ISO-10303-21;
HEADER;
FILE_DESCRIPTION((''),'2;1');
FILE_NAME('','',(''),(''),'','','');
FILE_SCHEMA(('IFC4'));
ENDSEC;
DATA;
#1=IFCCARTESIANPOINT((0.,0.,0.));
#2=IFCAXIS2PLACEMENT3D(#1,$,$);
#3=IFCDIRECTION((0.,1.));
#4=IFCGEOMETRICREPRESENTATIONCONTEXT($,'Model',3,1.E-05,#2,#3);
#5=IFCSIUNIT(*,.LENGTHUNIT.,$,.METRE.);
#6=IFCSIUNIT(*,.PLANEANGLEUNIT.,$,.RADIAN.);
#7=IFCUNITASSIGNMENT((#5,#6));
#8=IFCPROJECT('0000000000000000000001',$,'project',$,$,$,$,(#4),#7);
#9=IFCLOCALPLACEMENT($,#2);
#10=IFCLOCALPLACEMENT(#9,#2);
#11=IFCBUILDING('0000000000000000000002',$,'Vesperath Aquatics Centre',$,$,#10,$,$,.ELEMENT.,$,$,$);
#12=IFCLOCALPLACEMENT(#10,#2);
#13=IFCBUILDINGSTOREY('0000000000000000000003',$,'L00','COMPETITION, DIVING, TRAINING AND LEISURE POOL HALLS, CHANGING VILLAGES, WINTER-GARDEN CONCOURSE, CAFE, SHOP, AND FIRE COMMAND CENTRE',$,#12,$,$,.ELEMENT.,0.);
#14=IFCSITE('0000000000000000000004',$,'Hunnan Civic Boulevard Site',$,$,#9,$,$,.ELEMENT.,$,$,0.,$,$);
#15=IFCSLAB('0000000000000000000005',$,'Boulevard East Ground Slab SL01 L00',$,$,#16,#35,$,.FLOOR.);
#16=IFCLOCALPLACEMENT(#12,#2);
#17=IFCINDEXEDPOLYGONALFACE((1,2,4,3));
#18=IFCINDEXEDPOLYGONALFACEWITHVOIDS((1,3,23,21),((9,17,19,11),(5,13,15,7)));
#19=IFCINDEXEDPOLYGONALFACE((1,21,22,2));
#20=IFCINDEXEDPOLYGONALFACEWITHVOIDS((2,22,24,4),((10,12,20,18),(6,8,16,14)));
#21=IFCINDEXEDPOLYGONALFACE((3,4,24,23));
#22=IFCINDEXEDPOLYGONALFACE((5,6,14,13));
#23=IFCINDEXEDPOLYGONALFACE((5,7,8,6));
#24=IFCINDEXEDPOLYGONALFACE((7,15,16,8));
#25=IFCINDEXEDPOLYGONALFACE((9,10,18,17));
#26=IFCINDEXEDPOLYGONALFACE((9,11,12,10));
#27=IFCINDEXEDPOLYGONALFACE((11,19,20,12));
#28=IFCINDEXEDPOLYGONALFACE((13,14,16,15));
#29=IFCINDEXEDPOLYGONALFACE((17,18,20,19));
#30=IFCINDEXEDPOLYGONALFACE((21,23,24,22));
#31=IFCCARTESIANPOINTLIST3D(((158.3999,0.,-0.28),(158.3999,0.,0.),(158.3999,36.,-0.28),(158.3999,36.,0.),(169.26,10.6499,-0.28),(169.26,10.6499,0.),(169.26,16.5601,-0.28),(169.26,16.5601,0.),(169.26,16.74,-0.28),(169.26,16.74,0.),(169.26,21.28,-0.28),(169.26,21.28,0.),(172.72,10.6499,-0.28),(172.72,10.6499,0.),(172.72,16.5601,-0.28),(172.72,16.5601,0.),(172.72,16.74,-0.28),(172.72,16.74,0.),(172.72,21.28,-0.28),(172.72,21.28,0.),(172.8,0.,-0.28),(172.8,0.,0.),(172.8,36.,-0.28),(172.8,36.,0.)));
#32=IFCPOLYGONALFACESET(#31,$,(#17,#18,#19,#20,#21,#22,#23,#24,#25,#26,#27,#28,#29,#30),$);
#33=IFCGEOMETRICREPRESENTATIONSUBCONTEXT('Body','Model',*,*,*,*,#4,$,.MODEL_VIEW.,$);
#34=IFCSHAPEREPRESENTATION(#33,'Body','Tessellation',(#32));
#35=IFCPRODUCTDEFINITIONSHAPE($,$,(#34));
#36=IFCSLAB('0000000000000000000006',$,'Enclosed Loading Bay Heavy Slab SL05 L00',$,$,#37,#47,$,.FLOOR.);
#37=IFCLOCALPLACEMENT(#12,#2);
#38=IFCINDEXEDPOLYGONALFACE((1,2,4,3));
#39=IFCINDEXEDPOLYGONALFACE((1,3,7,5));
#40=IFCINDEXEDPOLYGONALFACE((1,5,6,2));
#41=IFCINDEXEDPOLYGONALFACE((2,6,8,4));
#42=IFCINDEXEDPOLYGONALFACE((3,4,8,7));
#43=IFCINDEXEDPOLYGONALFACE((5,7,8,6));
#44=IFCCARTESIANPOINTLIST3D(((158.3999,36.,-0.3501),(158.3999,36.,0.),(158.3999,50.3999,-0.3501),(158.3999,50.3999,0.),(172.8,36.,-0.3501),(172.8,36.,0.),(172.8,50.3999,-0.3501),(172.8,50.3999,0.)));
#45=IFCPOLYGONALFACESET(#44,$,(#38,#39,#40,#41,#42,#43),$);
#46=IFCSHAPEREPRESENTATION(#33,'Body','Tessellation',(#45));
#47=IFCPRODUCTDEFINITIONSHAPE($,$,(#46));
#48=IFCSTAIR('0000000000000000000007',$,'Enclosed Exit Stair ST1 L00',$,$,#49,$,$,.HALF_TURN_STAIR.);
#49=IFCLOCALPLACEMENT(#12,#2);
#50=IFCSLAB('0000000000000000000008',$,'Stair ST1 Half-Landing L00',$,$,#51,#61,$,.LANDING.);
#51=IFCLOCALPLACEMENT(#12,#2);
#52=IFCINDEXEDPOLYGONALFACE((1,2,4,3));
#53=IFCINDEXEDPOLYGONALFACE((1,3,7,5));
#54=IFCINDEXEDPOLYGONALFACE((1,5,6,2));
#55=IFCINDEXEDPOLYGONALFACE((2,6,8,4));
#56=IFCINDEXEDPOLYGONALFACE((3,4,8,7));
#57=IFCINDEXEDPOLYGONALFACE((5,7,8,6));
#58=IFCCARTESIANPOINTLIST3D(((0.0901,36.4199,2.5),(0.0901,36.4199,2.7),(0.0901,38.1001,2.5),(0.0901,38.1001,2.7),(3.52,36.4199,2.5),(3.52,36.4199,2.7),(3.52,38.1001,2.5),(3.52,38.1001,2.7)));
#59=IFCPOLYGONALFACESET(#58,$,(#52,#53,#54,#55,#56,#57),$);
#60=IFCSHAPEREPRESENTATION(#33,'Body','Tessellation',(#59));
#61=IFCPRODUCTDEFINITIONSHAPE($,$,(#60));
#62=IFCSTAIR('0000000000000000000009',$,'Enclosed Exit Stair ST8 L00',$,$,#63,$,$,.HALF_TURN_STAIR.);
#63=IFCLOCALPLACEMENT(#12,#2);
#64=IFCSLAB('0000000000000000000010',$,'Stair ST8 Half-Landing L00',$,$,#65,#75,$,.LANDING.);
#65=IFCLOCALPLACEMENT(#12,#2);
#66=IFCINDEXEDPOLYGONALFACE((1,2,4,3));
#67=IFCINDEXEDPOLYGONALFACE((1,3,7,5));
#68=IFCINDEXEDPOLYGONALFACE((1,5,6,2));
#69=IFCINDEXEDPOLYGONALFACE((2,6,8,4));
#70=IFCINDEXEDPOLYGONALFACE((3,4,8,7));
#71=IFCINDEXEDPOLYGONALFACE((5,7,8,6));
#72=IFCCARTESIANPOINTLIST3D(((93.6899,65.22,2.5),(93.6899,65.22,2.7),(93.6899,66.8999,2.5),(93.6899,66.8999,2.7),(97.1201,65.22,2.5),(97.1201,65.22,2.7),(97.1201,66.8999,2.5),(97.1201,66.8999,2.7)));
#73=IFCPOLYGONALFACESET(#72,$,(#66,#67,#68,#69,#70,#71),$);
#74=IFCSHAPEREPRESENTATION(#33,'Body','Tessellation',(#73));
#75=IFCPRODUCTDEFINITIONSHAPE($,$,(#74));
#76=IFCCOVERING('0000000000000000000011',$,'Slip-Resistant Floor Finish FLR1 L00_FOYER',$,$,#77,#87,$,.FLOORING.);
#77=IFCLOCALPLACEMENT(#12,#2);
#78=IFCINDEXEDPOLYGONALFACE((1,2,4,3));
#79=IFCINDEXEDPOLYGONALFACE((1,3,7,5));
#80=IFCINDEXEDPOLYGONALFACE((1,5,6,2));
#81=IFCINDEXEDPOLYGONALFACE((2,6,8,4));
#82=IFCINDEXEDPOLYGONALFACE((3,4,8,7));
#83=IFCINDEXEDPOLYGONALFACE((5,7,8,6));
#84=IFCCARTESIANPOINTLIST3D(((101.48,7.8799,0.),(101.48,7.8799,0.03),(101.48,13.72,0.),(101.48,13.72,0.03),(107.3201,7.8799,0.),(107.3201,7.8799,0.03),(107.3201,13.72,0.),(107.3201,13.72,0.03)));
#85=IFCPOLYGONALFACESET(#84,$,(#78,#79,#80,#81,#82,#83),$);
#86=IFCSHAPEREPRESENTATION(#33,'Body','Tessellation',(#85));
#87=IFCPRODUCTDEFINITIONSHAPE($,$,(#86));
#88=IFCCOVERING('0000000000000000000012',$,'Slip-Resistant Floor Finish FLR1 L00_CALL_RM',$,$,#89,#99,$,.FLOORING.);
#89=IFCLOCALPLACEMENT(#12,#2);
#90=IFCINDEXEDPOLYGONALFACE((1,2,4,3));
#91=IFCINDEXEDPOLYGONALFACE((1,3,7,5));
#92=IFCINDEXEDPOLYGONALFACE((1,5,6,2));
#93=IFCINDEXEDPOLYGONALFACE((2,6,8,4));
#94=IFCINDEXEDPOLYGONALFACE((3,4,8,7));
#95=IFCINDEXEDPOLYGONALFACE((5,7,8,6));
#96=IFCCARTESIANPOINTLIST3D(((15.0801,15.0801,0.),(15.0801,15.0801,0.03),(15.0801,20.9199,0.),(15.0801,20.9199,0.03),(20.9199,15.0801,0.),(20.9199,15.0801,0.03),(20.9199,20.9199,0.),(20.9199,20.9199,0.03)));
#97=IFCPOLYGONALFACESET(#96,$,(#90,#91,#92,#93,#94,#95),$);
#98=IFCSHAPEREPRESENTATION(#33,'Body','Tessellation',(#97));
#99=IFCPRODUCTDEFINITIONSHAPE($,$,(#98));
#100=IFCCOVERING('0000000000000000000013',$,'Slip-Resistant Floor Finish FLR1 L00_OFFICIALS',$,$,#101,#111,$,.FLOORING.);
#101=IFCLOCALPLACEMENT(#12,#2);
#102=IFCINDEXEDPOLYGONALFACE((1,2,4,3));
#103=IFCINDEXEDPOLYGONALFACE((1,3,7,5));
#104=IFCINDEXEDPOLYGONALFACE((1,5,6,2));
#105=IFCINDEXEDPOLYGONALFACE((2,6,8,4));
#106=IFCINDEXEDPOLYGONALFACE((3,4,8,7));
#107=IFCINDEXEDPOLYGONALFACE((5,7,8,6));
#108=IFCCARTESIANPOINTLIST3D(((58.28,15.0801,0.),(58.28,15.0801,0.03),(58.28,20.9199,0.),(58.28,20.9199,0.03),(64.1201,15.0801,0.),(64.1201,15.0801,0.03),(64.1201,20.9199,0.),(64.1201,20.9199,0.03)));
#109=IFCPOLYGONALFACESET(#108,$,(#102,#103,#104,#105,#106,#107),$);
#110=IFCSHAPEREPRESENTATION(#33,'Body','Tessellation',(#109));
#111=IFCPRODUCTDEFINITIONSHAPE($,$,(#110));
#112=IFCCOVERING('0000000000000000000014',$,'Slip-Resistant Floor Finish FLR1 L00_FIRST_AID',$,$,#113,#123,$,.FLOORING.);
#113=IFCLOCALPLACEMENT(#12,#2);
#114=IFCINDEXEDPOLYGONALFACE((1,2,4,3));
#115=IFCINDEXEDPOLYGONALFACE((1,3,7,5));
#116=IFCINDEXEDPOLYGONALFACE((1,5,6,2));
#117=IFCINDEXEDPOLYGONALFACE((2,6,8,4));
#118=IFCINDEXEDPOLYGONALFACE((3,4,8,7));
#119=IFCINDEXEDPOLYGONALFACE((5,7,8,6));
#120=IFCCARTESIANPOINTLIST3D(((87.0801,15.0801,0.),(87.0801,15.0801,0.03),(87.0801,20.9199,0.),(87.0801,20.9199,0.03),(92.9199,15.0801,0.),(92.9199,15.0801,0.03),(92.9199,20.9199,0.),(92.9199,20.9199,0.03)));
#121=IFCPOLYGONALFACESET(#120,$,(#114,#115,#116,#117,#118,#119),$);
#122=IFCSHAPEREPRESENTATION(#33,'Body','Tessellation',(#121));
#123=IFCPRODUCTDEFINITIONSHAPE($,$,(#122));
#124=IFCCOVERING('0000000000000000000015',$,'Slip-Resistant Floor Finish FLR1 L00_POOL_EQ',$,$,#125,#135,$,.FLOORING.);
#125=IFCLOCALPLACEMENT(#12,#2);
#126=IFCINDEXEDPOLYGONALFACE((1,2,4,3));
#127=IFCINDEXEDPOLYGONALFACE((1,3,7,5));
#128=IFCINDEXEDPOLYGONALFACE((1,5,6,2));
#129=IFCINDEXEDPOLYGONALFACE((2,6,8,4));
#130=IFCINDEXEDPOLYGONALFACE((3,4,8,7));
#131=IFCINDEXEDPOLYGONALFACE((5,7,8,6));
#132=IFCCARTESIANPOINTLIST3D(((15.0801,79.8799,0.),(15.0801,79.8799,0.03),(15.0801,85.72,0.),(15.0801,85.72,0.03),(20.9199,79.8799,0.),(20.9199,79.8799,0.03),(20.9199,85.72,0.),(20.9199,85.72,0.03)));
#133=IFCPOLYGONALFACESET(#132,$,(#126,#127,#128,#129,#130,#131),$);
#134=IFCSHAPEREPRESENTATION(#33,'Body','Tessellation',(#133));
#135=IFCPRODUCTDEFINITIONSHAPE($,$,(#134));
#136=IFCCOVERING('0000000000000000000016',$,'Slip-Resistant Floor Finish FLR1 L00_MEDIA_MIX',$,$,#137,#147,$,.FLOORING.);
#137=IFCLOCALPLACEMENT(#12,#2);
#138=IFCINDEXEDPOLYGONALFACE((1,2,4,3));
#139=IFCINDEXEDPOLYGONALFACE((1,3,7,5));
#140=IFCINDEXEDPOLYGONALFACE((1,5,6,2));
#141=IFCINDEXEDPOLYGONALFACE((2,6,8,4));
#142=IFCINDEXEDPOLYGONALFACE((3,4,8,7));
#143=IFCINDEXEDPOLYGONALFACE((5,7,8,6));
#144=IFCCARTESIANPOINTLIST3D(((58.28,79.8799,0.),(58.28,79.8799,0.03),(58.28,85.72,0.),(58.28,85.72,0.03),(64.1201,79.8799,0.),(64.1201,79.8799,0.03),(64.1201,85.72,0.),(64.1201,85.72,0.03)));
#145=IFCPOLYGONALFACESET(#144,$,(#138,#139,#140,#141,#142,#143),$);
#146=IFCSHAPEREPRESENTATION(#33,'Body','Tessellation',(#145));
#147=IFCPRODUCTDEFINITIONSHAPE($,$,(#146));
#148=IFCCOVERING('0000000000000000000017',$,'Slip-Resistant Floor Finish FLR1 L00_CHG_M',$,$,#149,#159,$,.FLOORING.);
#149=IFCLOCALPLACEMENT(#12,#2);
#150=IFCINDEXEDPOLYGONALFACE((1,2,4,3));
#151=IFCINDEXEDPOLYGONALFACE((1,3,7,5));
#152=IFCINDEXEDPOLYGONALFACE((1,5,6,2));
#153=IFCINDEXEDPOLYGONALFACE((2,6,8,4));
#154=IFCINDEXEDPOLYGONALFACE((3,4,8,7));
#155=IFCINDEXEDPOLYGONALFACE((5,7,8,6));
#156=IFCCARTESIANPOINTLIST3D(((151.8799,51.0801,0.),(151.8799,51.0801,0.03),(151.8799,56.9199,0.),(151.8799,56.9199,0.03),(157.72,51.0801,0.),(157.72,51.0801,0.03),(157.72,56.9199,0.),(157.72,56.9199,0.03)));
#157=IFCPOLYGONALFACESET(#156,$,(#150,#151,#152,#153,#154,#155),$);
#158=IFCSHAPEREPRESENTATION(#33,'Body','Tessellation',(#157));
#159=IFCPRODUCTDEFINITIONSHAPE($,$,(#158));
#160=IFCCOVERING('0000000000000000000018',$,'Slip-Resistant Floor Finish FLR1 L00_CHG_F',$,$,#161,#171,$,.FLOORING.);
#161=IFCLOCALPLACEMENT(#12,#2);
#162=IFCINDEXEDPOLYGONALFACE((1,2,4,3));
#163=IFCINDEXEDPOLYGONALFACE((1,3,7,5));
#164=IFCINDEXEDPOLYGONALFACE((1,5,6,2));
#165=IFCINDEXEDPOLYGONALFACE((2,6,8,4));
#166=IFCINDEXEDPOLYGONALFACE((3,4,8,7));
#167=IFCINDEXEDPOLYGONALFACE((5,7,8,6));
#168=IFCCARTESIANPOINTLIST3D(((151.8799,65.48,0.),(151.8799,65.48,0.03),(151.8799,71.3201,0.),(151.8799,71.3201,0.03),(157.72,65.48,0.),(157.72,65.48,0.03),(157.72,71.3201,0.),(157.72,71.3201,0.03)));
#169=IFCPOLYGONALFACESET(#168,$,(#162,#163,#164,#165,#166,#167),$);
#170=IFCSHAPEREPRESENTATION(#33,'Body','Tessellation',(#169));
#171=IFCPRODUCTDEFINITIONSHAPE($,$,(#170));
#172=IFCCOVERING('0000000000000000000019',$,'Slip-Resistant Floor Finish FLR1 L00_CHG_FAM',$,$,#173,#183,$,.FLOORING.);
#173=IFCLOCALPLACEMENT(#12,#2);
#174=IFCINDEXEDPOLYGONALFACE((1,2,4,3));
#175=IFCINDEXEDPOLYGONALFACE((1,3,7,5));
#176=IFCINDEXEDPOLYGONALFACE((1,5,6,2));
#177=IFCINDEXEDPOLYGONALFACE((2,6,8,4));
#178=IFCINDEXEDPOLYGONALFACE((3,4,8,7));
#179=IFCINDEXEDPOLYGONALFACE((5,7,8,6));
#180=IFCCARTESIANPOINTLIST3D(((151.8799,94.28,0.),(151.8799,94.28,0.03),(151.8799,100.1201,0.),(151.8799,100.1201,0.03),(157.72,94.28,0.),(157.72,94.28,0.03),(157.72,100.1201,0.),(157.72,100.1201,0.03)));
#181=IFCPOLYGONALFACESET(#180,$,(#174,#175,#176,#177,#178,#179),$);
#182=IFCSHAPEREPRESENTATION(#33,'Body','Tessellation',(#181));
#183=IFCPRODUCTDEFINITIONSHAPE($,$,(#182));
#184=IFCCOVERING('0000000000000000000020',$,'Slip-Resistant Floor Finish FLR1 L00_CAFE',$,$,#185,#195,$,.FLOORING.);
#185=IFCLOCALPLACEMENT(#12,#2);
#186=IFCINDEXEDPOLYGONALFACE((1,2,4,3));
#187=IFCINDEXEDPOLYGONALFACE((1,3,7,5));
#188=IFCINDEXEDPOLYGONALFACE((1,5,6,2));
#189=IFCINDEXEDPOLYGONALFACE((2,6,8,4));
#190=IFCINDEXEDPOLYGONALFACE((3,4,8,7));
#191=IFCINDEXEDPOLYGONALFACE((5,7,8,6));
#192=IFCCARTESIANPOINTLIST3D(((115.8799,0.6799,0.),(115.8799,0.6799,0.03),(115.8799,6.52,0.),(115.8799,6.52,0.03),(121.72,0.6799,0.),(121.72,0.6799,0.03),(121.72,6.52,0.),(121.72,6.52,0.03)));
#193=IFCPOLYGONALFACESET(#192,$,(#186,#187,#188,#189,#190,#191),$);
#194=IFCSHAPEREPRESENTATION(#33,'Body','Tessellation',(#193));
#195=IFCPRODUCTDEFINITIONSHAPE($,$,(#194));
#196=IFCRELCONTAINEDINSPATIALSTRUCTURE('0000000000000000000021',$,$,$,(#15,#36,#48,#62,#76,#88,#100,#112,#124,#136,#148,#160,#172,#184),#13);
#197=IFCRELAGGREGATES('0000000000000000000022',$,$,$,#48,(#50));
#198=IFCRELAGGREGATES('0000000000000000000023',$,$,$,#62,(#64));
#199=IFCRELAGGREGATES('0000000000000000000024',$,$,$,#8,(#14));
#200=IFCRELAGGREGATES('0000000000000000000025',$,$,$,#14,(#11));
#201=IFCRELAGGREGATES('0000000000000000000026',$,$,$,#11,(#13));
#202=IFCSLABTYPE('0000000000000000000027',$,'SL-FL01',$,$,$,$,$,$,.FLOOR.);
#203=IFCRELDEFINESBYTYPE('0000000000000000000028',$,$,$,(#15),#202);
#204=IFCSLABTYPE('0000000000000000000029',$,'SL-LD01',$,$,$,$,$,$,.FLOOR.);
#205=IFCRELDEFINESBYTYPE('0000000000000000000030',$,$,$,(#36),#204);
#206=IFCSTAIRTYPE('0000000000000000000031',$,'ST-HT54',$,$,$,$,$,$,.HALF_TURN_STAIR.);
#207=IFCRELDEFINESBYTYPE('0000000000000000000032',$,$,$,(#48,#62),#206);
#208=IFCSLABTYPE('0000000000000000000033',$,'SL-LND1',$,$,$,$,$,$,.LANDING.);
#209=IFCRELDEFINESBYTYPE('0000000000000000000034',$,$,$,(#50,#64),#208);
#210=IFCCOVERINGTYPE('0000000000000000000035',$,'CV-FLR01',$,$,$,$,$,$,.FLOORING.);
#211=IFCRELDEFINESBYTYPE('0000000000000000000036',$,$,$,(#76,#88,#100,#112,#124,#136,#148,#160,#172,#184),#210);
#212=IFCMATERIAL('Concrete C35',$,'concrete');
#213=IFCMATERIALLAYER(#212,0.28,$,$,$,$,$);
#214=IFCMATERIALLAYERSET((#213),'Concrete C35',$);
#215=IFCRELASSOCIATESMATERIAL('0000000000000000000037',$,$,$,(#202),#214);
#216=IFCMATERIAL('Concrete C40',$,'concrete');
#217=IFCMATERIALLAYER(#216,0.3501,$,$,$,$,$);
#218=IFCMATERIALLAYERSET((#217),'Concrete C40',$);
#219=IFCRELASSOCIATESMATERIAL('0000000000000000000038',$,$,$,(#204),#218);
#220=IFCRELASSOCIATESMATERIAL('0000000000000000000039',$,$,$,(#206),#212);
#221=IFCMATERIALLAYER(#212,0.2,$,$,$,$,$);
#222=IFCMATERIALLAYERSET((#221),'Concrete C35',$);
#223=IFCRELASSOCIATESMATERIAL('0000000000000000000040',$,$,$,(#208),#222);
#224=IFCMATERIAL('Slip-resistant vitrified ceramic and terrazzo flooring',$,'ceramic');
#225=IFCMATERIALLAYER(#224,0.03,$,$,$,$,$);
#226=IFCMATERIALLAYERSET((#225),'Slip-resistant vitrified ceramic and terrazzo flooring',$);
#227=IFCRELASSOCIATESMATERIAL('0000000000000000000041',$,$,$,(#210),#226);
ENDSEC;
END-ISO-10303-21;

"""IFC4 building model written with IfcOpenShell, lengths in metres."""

from ifc_helpers import new_model, si_unit, direction, frame, origin, place, context, subcontext, project, spatial, polyline, outline, extrude, material, layer, layer_set, type_object, element, aggregate, save


model = new_model("IFC4")

# Units and contexts
model_context = context("Model", 3, precision=1e-05, world=origin(), true_north=direction((0.0, 1.0)))
body_context = subcontext(model_context, "Body", "Model", "MODEL_VIEW")
ifc_project = project(units=[si_unit("LENGTHUNIT", "METRE"), si_unit("PLANEANGLEUNIT", "RADIAN")], contexts=[model_context])

# Site, building, storey
site_placement = place(None, origin())
site = spatial("IfcSite", under=ifc_project, at=site_placement, Name="Hunnan Civic Boulevard Site", CompositionType="ELEMENT", RefElevation=0.0)
building_placement = place(site_placement, origin())
building = spatial("IfcBuilding", under=site, at=building_placement, Name="Vesperath Aquatics Centre", CompositionType="ELEMENT")
storey_placement = place(building_placement, origin())
storey = spatial("IfcBuildingStorey", under=building, at=storey_placement, Name="L00", Description="COMPETITION, DIVING, TRAINING AND LEISURE POOL HALLS, CHANGING VILLAGES, WINTER-GARDEN CONCOURSE, CAFE, SHOP, AND FIRE COMMAND CENTRE", CompositionType="ELEMENT", Elevation=0.0)

# Slabs
ifc_material_1 = material(Name="Concrete C40", Category="concrete")
ifc_material_2 = material(Name="Concrete C35", Category="concrete")
ifc_layer_1 = layer(ifc_material_2, 0.28)
ifc_layer_set_1 = layer_set([ifc_layer_1], Name="Concrete C35")
slab_type_1 = type_object("IfcSlabType", Name="SL-FL01", PredefinedType="FLOOR", material=ifc_layer_set_1)
slab_1_placement = place(storey_placement, frame((0.0, 0.0, -0.28)))
element("IfcSlab", 1, at=slab_1_placement, inside=storey, type_object=slab_type_1, Name="Boulevard East Ground Slab SL01 L00", PredefinedType="FLOOR", context=body_context, shape_type="SweptSolid", body=[
    extrude(outline(polyline([(158.3999, 0.0), (172.8, 0.0), (172.8, 36.0), (158.3999, 36.0), (158.3999, 0.0)]), holes=[polyline([(169.26, 10.6499), (172.72, 10.6499), (172.72, 16.5601), (169.26, 16.5601), (169.26, 10.6499)]), polyline([(169.26, 16.74), (172.72, 16.74), (172.72, 21.28), (169.26, 21.28), (169.26, 16.74)])]), origin(), (0.0, 0.0, 1.0), 0.28),
])
ifc_layer_2 = layer(ifc_material_1, 0.3501)
ifc_layer_set_2 = layer_set([ifc_layer_2], Name="Concrete C40")
slab_type_2 = type_object("IfcSlabType", Name="SL-LD01", PredefinedType="FLOOR", material=ifc_layer_set_2)
slab_2_placement = place(storey_placement, frame((0.0, 0.0, -0.3501)))
element("IfcSlab", 2, at=slab_2_placement, inside=storey, type_object=slab_type_2, Name="Enclosed Loading Bay Heavy Slab SL05 L00", PredefinedType="FLOOR", context=body_context, shape_type="SweptSolid", body=[
    extrude(outline(polyline([(158.3999, 36.0), (172.8, 36.0), (172.8, 50.3999), (158.3999, 50.3999), (158.3999, 36.0)])), origin(), (0.0, 0.0, 1.0), 0.3501),
])

# Stairs, slabs
stair_type = type_object("IfcStairType", Name="ST-HT54", PredefinedType="HALF_TURN_STAIR", material=ifc_material_2)
stair_1_placement = place(storey_placement, origin())
stair_1 = element("IfcStair", 3, at=stair_1_placement, inside=storey, type_object=stair_type, Name="Enclosed Exit Stair ST1 L00", PredefinedType="HALF_TURN_STAIR")
ifc_layer_3 = layer(ifc_material_2, 0.2)
ifc_layer_set_3 = layer_set([ifc_layer_3], Name="Concrete C35")
slab_type_3 = type_object("IfcSlabType", Name="SL-LND1", PredefinedType="LANDING", material=ifc_layer_set_3)
slab_3_placement = place(storey_placement, frame((0.0, 0.0, 2.5)))
slab_3 = element("IfcSlab", 4, at=slab_3_placement, type_object=slab_type_3, Name="Stair ST1 Half-Landing L00", PredefinedType="LANDING", context=body_context, shape_type="SweptSolid", body=[
    extrude(outline(polyline([(0.0901, 36.4199), (3.52, 36.4199), (3.52, 38.1001), (0.0901, 38.1001), (0.0901, 36.4199)])), origin(), (0.0, 0.0, 1.0), 0.2),
])
aggregate(stair_1, [slab_3])
stair_2_placement = place(storey_placement, origin())
stair_2 = element("IfcStair", 5, at=stair_2_placement, inside=storey, type_object=stair_type, Name="Enclosed Exit Stair ST8 L00", PredefinedType="HALF_TURN_STAIR")
slab_4_placement = place(storey_placement, frame((0.0, 0.0, 2.5)))
slab_4 = element("IfcSlab", 6, at=slab_4_placement, type_object=slab_type_3, Name="Stair ST8 Half-Landing L00", PredefinedType="LANDING", context=body_context, shape_type="SweptSolid", body=[
    extrude(outline(polyline([(93.6899, 65.22), (97.1201, 65.22), (97.1201, 66.8999), (93.6899, 66.8999), (93.6899, 65.22)])), origin(), (0.0, 0.0, 1.0), 0.2),
])
aggregate(stair_2, [slab_4])

# Coverings
ifc_material_3 = material(Name="Slip-resistant vitrified ceramic and terrazzo flooring", Category="ceramic")
ifc_layer_4 = layer(ifc_material_3, 0.03)
ifc_layer_set_4 = layer_set([ifc_layer_4], Name="Slip-resistant vitrified ceramic and terrazzo flooring")
covering_type = type_object("IfcCoveringType", Name="CV-FLR01", PredefinedType="FLOORING", material=ifc_layer_set_4)
covering_1_placement = place(storey_placement, origin())
element("IfcCovering", 7, at=covering_1_placement, inside=storey, type_object=covering_type, Name="Slip-Resistant Floor Finish FLR1 L00_FOYER", PredefinedType="FLOORING", context=body_context, shape_type="SweptSolid", body=[
    extrude(outline(polyline([(101.48, 7.8799), (107.3201, 7.8799), (107.3201, 13.72), (101.48, 13.72), (101.48, 7.8799)])), origin(), (0.0, 0.0, 1.0), 0.03),
])
covering_2_placement = place(storey_placement, origin())
element("IfcCovering", 8, at=covering_2_placement, inside=storey, type_object=covering_type, Name="Slip-Resistant Floor Finish FLR1 L00_CALL_RM", PredefinedType="FLOORING", context=body_context, shape_type="SweptSolid", body=[
    extrude(outline(polyline([(15.0801, 15.0801), (20.9199, 15.0801), (20.9199, 20.9199), (15.0801, 20.9199), (15.0801, 15.0801)])), origin(), (0.0, 0.0, 1.0), 0.03),
])
covering_3_placement = place(storey_placement, origin())
element("IfcCovering", 9, at=covering_3_placement, inside=storey, type_object=covering_type, Name="Slip-Resistant Floor Finish FLR1 L00_OFFICIALS", PredefinedType="FLOORING", context=body_context, shape_type="SweptSolid", body=[
    extrude(outline(polyline([(58.28, 15.0801), (64.1201, 15.0801), (64.1201, 20.9199), (58.28, 20.9199), (58.28, 15.0801)])), origin(), (0.0, 0.0, 1.0), 0.03),
])
covering_4_placement = place(storey_placement, origin())
element("IfcCovering", 10, at=covering_4_placement, inside=storey, type_object=covering_type, Name="Slip-Resistant Floor Finish FLR1 L00_FIRST_AID", PredefinedType="FLOORING", context=body_context, shape_type="SweptSolid", body=[
    extrude(outline(polyline([(87.0801, 15.0801), (92.9199, 15.0801), (92.9199, 20.9199), (87.0801, 20.9199), (87.0801, 15.0801)])), origin(), (0.0, 0.0, 1.0), 0.03),
])
covering_5_placement = place(storey_placement, origin())
element("IfcCovering", 11, at=covering_5_placement, inside=storey, type_object=covering_type, Name="Slip-Resistant Floor Finish FLR1 L00_POOL_EQ", PredefinedType="FLOORING", context=body_context, shape_type="SweptSolid", body=[
    extrude(outline(polyline([(15.0801, 79.8799), (20.9199, 79.8799), (20.9199, 85.72), (15.0801, 85.72), (15.0801, 79.8799)])), origin(), (0.0, 0.0, 1.0), 0.03),
])
covering_6_placement = place(storey_placement, origin())
element("IfcCovering", 12, at=covering_6_placement, inside=storey, type_object=covering_type, Name="Slip-Resistant Floor Finish FLR1 L00_MEDIA_MIX", PredefinedType="FLOORING", context=body_context, shape_type="SweptSolid", body=[
    extrude(outline(polyline([(58.28, 79.8799), (64.1201, 79.8799), (64.1201, 85.72), (58.28, 85.72), (58.28, 79.8799)])), origin(), (0.0, 0.0, 1.0), 0.03),
])
covering_7_placement = place(storey_placement, origin())
element("IfcCovering", 13, at=covering_7_placement, inside=storey, type_object=covering_type, Name="Slip-Resistant Floor Finish FLR1 L00_CHG_M", PredefinedType="FLOORING", context=body_context, shape_type="SweptSolid", body=[
    extrude(outline(polyline([(151.8799, 51.0801), (157.72, 51.0801), (157.72, 56.9199), (151.8799, 56.9199), (151.8799, 51.0801)])), origin(), (0.0, 0.0, 1.0), 0.03),
])
covering_8_placement = place(storey_placement, origin())
element("IfcCovering", 14, at=covering_8_placement, inside=storey, type_object=covering_type, Name="Slip-Resistant Floor Finish FLR1 L00_CHG_F", PredefinedType="FLOORING", context=body_context, shape_type="SweptSolid", body=[
    extrude(outline(polyline([(151.8799, 65.48), (157.72, 65.48), (157.72, 71.3201), (151.8799, 71.3201), (151.8799, 65.48)])), origin(), (0.0, 0.0, 1.0), 0.03),
])
covering_9_placement = place(storey_placement, origin())
element("IfcCovering", 15, at=covering_9_placement, inside=storey, type_object=covering_type, Name="Slip-Resistant Floor Finish FLR1 L00_CHG_FAM", PredefinedType="FLOORING", context=body_context, shape_type="SweptSolid", body=[
    extrude(outline(polyline([(151.8799, 94.28), (157.72, 94.28), (157.72, 100.1201), (151.8799, 100.1201), (151.8799, 94.28)])), origin(), (0.0, 0.0, 1.0), 0.03),
])
covering_10_placement = place(storey_placement, origin())
element("IfcCovering", 16, at=covering_10_placement, inside=storey, type_object=covering_type, Name="Slip-Resistant Floor Finish FLR1 L00_CAFE", PredefinedType="FLOORING", context=body_context, shape_type="SweptSolid", body=[
    extrude(outline(polyline([(115.8799, 0.6799), (121.72, 0.6799), (121.72, 6.52), (115.8799, 6.52), (115.8799, 0.6799)])), origin(), (0.0, 0.0, 1.0), 0.03),
])

save(model, "model.ifc")
